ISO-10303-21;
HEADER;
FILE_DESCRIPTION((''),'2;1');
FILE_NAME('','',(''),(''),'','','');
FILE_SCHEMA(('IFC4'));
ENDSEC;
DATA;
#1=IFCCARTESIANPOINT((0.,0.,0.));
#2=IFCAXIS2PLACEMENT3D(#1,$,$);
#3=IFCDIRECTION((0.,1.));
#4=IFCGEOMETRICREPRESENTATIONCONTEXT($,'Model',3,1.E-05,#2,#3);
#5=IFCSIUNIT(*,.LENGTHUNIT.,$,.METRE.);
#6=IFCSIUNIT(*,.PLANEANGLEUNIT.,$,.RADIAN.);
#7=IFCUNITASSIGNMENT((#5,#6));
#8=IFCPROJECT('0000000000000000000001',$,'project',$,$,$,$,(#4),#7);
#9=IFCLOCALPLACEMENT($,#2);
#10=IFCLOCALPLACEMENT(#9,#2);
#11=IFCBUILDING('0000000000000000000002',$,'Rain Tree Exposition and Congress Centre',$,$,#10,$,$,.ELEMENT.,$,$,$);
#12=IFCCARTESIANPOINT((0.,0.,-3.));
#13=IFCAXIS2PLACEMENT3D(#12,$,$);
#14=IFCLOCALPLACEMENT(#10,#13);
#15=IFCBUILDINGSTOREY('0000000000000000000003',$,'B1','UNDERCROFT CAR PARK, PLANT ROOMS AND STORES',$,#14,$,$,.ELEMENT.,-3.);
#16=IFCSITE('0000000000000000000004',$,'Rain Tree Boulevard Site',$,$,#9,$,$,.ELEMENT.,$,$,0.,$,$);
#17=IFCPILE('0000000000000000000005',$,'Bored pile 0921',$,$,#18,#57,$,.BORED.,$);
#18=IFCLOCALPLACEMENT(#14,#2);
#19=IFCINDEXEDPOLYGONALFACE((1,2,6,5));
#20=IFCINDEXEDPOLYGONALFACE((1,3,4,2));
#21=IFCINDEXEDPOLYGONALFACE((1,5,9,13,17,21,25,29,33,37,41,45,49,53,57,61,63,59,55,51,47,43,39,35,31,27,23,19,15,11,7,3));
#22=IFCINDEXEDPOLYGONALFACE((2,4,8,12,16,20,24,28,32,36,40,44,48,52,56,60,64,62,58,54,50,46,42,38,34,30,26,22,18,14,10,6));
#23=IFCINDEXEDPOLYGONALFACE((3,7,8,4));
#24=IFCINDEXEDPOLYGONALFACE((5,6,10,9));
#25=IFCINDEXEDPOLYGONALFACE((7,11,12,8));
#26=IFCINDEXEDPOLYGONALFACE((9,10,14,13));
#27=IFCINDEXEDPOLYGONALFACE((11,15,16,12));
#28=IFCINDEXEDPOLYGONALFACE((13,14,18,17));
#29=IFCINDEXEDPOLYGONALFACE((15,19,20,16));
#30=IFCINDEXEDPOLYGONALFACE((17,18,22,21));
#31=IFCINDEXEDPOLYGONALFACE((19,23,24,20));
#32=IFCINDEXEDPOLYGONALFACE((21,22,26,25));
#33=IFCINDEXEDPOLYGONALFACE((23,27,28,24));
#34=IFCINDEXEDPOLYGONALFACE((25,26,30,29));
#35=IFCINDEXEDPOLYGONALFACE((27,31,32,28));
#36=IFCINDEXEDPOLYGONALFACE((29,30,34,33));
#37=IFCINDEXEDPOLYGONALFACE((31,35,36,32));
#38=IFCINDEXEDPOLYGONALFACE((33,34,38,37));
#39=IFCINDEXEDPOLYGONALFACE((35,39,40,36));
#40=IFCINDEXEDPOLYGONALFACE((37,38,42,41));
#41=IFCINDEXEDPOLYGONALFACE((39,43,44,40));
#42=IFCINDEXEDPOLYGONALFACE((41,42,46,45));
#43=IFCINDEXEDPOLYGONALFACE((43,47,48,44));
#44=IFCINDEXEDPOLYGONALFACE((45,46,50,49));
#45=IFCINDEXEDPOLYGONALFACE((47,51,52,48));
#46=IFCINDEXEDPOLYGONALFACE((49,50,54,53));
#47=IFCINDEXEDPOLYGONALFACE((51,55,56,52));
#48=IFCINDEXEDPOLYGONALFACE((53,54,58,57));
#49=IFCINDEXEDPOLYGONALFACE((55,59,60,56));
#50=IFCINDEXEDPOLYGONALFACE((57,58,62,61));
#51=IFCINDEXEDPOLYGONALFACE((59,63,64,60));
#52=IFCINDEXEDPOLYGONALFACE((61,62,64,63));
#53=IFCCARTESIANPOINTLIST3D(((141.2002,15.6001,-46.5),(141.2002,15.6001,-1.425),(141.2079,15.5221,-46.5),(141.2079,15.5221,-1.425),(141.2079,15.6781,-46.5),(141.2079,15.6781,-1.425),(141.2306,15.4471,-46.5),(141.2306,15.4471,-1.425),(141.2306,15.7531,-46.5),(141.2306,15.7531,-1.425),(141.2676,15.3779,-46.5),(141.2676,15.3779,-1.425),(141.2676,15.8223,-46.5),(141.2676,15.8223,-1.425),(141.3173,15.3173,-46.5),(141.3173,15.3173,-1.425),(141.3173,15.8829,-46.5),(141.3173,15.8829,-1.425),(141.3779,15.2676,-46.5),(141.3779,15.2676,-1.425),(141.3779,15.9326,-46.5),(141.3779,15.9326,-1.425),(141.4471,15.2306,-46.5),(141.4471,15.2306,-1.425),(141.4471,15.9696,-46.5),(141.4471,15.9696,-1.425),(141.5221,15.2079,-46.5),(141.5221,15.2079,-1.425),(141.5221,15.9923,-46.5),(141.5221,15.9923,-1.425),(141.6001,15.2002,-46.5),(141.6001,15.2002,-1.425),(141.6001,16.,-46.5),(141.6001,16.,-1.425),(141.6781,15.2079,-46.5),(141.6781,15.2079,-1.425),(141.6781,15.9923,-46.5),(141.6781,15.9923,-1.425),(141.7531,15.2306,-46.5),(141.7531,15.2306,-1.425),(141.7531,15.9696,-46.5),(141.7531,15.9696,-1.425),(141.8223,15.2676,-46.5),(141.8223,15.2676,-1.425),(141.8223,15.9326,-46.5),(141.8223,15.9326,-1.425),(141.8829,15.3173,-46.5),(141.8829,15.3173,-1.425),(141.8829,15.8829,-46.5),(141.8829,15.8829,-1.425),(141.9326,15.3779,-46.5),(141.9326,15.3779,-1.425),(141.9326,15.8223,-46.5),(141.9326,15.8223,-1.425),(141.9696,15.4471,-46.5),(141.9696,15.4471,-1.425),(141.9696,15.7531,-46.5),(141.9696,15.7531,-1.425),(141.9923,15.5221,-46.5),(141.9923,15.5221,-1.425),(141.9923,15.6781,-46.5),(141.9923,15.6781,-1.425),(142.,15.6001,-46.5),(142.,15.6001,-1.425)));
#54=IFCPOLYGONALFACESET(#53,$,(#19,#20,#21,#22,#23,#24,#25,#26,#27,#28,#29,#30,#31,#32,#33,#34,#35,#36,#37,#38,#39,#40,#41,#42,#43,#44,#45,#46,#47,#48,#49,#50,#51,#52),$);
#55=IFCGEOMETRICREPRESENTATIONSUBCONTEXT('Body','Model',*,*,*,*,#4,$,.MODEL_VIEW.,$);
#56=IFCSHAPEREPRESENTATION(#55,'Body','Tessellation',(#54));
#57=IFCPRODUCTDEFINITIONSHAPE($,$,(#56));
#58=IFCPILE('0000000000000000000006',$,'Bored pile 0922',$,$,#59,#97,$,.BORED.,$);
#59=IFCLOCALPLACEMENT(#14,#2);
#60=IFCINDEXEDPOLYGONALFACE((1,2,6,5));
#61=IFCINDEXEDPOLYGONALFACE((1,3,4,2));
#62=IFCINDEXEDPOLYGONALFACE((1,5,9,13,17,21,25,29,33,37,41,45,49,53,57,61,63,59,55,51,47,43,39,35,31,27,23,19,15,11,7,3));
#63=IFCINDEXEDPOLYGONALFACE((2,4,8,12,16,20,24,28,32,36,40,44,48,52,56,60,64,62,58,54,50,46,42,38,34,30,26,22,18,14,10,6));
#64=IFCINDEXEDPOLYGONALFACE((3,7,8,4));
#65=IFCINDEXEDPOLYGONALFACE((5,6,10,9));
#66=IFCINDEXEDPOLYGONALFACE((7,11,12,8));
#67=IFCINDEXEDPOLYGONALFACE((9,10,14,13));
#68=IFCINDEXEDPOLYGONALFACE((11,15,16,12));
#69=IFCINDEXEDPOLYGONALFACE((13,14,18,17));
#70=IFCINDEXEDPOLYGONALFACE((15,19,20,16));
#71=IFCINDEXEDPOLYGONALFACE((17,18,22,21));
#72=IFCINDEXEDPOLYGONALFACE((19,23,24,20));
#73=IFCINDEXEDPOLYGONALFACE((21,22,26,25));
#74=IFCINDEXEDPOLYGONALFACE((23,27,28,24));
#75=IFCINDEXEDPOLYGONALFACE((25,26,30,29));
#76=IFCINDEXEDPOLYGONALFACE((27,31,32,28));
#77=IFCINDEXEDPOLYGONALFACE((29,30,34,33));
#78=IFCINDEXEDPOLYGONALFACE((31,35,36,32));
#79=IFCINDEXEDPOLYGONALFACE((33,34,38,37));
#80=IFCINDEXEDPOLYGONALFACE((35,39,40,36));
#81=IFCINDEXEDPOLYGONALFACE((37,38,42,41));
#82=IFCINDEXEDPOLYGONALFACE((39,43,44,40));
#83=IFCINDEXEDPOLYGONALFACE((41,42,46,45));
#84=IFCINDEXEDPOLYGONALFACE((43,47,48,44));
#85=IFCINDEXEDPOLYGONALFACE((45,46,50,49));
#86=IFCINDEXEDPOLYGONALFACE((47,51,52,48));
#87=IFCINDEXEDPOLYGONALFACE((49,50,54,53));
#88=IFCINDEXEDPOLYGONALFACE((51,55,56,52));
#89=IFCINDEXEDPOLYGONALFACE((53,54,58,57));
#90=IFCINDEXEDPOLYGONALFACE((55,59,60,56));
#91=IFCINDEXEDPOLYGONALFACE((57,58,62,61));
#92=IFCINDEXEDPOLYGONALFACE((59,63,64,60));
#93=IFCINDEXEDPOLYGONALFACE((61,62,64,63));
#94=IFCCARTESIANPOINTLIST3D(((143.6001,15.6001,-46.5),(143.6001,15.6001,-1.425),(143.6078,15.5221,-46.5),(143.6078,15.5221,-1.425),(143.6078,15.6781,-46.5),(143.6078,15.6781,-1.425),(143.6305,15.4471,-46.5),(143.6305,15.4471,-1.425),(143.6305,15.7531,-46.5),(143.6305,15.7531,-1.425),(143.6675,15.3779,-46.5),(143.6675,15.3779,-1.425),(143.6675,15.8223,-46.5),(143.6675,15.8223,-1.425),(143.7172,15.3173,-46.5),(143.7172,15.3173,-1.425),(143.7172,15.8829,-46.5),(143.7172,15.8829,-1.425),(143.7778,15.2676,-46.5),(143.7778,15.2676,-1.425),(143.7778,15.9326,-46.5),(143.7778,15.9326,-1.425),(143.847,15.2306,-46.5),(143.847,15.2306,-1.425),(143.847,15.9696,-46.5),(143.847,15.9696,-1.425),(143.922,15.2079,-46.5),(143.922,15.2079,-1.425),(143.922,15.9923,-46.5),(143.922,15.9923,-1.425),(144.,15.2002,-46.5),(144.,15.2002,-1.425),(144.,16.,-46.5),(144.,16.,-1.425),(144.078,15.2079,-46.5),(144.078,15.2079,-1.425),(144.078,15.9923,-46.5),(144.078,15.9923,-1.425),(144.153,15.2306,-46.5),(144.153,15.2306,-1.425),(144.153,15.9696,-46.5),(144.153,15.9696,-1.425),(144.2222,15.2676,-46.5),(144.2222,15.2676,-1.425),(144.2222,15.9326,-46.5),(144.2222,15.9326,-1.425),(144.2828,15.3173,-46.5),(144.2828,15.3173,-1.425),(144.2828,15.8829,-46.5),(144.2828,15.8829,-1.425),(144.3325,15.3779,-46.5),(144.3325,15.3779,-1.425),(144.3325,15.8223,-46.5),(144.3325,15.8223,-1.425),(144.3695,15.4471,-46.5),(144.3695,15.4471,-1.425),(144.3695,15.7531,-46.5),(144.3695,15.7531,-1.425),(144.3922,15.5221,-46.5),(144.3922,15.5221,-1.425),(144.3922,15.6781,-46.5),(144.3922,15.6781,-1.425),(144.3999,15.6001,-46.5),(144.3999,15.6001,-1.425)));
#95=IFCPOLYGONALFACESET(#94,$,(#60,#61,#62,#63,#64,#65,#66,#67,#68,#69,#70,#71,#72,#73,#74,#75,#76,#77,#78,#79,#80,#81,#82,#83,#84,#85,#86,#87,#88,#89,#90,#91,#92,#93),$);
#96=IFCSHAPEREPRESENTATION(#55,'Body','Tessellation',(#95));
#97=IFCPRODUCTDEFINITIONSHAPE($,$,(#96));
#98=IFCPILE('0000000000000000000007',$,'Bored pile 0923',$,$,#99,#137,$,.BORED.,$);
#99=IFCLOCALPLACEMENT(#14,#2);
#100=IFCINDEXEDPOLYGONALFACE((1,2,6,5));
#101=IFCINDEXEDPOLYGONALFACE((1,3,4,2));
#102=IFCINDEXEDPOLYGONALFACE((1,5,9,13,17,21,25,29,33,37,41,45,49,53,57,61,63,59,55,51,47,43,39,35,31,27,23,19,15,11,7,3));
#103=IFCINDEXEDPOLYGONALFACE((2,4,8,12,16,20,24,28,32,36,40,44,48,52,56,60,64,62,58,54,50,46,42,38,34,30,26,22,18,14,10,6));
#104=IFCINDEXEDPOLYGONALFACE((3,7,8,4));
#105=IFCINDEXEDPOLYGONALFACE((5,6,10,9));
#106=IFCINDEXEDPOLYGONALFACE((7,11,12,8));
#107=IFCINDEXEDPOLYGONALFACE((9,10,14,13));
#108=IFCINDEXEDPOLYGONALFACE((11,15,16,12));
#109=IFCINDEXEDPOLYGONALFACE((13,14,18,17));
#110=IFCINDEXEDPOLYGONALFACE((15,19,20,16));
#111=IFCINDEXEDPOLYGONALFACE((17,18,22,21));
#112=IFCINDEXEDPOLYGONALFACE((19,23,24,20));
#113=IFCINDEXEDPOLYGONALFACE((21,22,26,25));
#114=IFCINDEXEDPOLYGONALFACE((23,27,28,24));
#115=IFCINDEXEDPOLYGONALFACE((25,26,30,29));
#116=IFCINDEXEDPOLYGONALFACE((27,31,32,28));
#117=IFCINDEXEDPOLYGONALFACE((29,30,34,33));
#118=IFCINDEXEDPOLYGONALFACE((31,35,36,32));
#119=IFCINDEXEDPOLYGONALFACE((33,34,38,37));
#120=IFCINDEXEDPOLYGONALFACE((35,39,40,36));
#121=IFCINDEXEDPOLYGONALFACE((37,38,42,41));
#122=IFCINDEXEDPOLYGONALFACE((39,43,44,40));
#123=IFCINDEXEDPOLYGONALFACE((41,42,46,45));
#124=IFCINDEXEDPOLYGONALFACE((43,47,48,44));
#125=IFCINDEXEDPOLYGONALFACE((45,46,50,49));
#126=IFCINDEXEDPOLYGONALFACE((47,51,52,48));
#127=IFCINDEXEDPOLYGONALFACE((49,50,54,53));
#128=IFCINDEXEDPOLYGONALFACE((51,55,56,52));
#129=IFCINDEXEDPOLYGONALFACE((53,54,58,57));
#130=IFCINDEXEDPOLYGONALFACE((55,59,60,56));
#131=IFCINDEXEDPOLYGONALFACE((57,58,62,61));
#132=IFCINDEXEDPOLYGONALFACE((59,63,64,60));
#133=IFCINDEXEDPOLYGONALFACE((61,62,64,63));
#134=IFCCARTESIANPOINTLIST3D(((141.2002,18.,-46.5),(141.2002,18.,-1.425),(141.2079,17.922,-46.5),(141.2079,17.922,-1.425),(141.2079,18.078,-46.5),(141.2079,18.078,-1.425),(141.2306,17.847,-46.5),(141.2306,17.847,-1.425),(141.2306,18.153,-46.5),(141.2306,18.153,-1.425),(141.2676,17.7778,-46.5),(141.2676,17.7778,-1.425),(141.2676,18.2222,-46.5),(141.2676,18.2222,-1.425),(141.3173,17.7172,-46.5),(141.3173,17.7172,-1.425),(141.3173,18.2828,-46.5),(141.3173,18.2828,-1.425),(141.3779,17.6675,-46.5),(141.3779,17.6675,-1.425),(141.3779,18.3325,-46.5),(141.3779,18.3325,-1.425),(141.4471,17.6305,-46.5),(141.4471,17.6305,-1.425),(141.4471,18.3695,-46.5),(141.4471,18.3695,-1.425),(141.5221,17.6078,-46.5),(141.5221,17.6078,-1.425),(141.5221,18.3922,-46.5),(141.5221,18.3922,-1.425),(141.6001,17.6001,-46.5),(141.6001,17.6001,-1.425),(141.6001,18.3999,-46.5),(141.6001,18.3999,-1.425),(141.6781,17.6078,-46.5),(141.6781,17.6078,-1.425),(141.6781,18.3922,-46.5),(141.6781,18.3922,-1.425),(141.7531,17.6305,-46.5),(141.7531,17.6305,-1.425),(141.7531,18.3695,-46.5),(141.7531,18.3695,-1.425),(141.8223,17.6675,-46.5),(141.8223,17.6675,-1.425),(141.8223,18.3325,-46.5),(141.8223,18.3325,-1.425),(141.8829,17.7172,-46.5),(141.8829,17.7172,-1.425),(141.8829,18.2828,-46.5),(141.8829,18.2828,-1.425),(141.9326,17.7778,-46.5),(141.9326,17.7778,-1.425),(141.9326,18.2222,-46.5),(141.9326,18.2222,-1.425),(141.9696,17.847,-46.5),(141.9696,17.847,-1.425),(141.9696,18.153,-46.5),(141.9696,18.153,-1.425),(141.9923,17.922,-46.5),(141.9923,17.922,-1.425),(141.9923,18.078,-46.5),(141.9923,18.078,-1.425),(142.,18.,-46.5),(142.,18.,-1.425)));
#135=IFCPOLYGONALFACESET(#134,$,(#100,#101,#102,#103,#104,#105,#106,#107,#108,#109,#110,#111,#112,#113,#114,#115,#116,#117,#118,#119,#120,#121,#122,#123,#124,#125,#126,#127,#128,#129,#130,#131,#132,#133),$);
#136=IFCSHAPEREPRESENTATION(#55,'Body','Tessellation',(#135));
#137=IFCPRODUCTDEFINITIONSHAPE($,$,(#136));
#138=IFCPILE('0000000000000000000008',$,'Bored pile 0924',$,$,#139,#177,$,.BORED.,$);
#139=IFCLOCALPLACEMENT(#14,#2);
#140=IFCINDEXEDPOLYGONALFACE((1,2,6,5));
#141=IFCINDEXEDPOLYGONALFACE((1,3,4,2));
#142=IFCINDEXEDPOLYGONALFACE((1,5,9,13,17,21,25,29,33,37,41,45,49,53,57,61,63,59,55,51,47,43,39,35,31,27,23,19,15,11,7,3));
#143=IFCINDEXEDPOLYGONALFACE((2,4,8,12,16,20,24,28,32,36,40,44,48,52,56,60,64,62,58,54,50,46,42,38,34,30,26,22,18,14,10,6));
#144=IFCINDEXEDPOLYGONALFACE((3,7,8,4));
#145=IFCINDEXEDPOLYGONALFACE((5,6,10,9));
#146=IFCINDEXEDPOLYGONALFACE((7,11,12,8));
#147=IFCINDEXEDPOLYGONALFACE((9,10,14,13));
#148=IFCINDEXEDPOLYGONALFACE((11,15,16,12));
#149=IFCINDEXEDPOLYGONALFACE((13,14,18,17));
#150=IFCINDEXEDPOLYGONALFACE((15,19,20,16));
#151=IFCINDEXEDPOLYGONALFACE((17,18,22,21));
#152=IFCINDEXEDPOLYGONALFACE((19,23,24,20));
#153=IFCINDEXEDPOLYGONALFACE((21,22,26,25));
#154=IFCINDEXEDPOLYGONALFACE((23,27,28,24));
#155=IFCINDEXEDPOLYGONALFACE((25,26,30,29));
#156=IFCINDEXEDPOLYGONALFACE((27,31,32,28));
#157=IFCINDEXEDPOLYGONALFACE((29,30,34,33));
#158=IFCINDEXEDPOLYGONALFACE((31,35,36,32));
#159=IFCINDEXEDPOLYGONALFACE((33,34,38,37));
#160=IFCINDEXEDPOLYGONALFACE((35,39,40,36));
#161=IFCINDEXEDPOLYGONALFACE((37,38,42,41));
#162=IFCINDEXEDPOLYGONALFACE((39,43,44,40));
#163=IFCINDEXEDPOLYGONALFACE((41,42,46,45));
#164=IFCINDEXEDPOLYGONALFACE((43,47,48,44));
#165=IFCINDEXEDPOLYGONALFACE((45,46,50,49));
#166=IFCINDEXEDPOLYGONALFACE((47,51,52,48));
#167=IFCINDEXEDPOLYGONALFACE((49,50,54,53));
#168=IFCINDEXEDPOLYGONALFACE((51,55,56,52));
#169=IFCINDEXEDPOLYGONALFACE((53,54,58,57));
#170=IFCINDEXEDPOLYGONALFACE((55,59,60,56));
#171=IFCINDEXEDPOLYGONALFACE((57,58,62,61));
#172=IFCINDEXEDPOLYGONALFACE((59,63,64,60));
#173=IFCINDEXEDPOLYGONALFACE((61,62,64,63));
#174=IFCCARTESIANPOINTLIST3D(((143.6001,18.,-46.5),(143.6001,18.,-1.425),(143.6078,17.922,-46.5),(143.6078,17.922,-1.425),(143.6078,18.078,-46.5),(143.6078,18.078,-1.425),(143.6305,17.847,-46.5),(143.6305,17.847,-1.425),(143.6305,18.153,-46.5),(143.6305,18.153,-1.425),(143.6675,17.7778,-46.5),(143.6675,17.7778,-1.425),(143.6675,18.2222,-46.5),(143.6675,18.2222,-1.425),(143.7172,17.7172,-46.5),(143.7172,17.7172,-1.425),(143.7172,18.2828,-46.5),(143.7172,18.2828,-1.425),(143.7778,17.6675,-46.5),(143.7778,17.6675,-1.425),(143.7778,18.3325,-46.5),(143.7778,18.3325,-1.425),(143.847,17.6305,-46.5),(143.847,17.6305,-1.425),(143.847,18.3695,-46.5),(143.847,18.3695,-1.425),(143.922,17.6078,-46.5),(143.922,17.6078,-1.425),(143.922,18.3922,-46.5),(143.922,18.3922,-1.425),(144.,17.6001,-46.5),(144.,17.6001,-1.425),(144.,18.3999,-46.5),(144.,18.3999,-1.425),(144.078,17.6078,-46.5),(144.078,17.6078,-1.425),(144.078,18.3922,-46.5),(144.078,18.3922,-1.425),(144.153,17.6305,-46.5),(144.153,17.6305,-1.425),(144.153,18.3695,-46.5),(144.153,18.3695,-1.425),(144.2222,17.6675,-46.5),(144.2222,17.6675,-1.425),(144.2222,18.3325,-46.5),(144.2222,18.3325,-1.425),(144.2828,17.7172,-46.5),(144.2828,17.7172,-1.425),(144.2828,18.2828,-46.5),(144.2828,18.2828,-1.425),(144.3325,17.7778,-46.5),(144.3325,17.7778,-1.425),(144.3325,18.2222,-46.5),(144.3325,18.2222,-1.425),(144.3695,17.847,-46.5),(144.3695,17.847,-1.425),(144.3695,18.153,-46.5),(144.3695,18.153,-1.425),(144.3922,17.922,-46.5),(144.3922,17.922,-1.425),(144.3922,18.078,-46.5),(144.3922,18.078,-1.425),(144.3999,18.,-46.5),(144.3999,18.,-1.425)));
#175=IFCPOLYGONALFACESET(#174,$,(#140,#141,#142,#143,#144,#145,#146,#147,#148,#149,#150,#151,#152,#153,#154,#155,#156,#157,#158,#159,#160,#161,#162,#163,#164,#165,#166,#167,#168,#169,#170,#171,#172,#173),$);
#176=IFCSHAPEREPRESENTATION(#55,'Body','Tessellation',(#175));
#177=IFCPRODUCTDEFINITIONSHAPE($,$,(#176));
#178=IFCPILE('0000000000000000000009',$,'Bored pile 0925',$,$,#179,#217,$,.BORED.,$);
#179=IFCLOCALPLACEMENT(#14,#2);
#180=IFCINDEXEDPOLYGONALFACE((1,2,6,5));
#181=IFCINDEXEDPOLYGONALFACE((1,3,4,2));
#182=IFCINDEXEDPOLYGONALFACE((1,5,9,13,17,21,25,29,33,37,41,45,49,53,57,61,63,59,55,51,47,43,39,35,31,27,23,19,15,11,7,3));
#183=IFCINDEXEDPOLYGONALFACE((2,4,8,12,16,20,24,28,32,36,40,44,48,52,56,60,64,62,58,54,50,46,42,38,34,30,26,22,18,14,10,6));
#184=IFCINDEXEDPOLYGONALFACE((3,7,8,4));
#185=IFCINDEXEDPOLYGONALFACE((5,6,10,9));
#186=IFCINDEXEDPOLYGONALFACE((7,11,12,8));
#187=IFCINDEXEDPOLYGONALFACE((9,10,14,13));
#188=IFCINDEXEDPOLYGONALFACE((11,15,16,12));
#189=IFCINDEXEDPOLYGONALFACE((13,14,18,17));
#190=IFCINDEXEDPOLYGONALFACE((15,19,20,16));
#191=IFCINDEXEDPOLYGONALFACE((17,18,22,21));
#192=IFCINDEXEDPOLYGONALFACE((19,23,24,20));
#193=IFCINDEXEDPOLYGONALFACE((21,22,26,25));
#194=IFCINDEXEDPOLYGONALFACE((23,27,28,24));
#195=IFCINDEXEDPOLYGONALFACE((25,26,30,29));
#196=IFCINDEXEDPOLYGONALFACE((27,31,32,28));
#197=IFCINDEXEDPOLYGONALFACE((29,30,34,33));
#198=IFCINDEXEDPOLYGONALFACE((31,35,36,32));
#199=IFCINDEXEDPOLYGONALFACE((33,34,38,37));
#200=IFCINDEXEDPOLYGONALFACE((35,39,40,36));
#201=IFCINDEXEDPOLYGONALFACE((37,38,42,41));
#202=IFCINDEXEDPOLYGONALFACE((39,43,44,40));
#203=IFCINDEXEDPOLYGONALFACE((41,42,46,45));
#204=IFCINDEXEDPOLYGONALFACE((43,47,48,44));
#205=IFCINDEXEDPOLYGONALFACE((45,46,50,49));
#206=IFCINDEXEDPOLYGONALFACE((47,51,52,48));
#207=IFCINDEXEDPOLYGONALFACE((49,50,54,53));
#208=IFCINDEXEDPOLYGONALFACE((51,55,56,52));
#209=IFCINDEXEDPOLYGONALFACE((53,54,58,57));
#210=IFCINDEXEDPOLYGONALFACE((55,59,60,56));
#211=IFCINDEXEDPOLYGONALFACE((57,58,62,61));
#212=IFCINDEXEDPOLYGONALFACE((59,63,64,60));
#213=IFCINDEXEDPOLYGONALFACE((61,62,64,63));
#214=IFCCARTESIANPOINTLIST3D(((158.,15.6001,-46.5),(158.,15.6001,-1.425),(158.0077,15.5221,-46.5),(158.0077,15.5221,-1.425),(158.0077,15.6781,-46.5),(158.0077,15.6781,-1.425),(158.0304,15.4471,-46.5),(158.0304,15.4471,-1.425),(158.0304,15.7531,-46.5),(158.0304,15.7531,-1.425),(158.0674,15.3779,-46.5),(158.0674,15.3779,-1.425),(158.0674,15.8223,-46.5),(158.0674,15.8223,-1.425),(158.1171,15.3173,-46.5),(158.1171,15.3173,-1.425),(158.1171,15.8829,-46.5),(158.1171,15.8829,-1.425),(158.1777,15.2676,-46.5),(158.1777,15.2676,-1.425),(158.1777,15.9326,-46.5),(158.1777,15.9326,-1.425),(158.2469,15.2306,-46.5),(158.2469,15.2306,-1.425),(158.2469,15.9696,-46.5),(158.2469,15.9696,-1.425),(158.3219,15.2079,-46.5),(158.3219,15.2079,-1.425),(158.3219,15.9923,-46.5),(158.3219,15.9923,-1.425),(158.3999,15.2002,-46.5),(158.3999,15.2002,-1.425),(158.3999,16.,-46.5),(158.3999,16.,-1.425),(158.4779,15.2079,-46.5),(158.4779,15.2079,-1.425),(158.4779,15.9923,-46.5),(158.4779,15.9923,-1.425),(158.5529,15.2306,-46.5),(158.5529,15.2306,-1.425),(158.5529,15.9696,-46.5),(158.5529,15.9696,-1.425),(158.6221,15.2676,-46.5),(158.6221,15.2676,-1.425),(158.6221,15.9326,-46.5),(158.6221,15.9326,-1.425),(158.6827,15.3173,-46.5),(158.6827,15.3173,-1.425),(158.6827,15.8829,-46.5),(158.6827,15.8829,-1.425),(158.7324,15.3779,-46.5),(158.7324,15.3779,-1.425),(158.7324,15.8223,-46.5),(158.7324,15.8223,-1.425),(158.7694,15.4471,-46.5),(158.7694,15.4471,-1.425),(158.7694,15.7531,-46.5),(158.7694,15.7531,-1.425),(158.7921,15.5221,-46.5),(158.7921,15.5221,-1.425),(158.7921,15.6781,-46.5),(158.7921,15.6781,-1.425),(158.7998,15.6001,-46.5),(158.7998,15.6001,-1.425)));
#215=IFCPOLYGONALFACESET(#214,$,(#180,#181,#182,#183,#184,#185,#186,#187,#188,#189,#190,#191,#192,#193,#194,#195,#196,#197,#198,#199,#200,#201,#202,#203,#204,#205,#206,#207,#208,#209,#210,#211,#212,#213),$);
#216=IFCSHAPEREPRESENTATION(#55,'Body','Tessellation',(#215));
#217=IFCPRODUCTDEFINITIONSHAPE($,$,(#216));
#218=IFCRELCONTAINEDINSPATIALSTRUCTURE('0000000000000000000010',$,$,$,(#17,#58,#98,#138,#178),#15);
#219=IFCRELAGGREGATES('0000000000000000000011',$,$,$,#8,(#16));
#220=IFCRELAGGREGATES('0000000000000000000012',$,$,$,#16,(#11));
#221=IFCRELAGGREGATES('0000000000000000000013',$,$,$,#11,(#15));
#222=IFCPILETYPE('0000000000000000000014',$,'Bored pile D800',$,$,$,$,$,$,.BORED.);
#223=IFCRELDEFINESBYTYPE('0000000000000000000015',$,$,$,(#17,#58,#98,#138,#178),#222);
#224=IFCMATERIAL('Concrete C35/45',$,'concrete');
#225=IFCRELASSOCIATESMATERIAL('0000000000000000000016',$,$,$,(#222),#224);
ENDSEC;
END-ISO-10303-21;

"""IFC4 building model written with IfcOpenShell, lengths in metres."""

from ifc_helpers import new_model, si_unit, direction, frame, origin, origin_2d, place, context, subcontext, project, spatial, circle, extrude, material, material_profile, profile_set, type_object, element, save


model = new_model("IFC4")

# Units and contexts
model_context = context("Model", 3, precision=1e-05, world=origin(), true_north=direction((0.0, 1.0)))
body_context = subcontext(model_context, "Body", "Model", "MODEL_VIEW")
ifc_project = project(units=[si_unit("LENGTHUNIT", "METRE"), si_unit("PLANEANGLEUNIT", "RADIAN")], contexts=[model_context])

# Site, building, storey
site_placement = place(None, origin())
site = spatial("IfcSite", under=ifc_project, at=site_placement, Name="Rain Tree Boulevard Site", CompositionType="ELEMENT", RefElevation=0.0)
building_placement = place(site_placement, origin())
building = spatial("IfcBuilding", under=site, at=building_placement, Name="Rain Tree Exposition and Congress Centre", CompositionType="ELEMENT")
storey_placement = place(building_placement, frame((0.0, 0.0, -3.0)))
storey = spatial("IfcBuildingStorey", under=building, at=storey_placement, Name="B1", Description="UNDERCROFT CAR PARK, PLANT ROOMS AND STORES", CompositionType="ELEMENT", Elevation=-3.0)

# Piles
ifc_material_1 = material(Name="Concrete C35/45", Category="concrete")
ifc_material_profile_1 = material_profile(ifc_material_1, circle(Radius=0.3999, at=origin_2d()), Name="D800")
ifc_profile_set_1 = profile_set([ifc_material_profile_1], Name="Concrete C35/45")
pile_type_1 = type_object("IfcPileType", Name="Bored pile D800", PredefinedType="BORED", material=ifc_profile_set_1)
for number, where, z_axis, x_axis, name in (
    (1, (141.6001, 15.6001, -1.425), (0.0, 0.0, -1.0), (1.0, 0.0, 0.0), "Bored pile 0921"),
    (2, (144.0, 15.6001, -1.425), (0.0, 0.0, -1.0), (1.0, 0.0, 0.0), "Bored pile 0922"),
    (3, (141.6001, 18.0, -1.425), (0.0, 0.0, -1.0), (1.0, 0.0, 0.0), "Bored pile 0923"),
    (4, (144.0, 18.0, -1.425), (0.0, 0.0, -1.0), (1.0, 0.0, 0.0), "Bored pile 0924"),
    (5, (158.3999, 15.6001, -1.425), (0.0, 0.0, -1.0), (1.0, 0.0, 0.0), "Bored pile 0925"),
):
    element("IfcPile", number, at=place(storey_placement, frame(where, z_axis=z_axis, x_axis=x_axis)), inside=storey, type_object=pile_type_1, Name=name, PredefinedType="BORED", context=body_context, shape_type="SweptSolid", body=[
        extrude(circle(Radius=0.3999, at=origin_2d()), origin(), (0.0, 0.0, 1.0), 45.075),
    ])

save(model, "model.ifc")
